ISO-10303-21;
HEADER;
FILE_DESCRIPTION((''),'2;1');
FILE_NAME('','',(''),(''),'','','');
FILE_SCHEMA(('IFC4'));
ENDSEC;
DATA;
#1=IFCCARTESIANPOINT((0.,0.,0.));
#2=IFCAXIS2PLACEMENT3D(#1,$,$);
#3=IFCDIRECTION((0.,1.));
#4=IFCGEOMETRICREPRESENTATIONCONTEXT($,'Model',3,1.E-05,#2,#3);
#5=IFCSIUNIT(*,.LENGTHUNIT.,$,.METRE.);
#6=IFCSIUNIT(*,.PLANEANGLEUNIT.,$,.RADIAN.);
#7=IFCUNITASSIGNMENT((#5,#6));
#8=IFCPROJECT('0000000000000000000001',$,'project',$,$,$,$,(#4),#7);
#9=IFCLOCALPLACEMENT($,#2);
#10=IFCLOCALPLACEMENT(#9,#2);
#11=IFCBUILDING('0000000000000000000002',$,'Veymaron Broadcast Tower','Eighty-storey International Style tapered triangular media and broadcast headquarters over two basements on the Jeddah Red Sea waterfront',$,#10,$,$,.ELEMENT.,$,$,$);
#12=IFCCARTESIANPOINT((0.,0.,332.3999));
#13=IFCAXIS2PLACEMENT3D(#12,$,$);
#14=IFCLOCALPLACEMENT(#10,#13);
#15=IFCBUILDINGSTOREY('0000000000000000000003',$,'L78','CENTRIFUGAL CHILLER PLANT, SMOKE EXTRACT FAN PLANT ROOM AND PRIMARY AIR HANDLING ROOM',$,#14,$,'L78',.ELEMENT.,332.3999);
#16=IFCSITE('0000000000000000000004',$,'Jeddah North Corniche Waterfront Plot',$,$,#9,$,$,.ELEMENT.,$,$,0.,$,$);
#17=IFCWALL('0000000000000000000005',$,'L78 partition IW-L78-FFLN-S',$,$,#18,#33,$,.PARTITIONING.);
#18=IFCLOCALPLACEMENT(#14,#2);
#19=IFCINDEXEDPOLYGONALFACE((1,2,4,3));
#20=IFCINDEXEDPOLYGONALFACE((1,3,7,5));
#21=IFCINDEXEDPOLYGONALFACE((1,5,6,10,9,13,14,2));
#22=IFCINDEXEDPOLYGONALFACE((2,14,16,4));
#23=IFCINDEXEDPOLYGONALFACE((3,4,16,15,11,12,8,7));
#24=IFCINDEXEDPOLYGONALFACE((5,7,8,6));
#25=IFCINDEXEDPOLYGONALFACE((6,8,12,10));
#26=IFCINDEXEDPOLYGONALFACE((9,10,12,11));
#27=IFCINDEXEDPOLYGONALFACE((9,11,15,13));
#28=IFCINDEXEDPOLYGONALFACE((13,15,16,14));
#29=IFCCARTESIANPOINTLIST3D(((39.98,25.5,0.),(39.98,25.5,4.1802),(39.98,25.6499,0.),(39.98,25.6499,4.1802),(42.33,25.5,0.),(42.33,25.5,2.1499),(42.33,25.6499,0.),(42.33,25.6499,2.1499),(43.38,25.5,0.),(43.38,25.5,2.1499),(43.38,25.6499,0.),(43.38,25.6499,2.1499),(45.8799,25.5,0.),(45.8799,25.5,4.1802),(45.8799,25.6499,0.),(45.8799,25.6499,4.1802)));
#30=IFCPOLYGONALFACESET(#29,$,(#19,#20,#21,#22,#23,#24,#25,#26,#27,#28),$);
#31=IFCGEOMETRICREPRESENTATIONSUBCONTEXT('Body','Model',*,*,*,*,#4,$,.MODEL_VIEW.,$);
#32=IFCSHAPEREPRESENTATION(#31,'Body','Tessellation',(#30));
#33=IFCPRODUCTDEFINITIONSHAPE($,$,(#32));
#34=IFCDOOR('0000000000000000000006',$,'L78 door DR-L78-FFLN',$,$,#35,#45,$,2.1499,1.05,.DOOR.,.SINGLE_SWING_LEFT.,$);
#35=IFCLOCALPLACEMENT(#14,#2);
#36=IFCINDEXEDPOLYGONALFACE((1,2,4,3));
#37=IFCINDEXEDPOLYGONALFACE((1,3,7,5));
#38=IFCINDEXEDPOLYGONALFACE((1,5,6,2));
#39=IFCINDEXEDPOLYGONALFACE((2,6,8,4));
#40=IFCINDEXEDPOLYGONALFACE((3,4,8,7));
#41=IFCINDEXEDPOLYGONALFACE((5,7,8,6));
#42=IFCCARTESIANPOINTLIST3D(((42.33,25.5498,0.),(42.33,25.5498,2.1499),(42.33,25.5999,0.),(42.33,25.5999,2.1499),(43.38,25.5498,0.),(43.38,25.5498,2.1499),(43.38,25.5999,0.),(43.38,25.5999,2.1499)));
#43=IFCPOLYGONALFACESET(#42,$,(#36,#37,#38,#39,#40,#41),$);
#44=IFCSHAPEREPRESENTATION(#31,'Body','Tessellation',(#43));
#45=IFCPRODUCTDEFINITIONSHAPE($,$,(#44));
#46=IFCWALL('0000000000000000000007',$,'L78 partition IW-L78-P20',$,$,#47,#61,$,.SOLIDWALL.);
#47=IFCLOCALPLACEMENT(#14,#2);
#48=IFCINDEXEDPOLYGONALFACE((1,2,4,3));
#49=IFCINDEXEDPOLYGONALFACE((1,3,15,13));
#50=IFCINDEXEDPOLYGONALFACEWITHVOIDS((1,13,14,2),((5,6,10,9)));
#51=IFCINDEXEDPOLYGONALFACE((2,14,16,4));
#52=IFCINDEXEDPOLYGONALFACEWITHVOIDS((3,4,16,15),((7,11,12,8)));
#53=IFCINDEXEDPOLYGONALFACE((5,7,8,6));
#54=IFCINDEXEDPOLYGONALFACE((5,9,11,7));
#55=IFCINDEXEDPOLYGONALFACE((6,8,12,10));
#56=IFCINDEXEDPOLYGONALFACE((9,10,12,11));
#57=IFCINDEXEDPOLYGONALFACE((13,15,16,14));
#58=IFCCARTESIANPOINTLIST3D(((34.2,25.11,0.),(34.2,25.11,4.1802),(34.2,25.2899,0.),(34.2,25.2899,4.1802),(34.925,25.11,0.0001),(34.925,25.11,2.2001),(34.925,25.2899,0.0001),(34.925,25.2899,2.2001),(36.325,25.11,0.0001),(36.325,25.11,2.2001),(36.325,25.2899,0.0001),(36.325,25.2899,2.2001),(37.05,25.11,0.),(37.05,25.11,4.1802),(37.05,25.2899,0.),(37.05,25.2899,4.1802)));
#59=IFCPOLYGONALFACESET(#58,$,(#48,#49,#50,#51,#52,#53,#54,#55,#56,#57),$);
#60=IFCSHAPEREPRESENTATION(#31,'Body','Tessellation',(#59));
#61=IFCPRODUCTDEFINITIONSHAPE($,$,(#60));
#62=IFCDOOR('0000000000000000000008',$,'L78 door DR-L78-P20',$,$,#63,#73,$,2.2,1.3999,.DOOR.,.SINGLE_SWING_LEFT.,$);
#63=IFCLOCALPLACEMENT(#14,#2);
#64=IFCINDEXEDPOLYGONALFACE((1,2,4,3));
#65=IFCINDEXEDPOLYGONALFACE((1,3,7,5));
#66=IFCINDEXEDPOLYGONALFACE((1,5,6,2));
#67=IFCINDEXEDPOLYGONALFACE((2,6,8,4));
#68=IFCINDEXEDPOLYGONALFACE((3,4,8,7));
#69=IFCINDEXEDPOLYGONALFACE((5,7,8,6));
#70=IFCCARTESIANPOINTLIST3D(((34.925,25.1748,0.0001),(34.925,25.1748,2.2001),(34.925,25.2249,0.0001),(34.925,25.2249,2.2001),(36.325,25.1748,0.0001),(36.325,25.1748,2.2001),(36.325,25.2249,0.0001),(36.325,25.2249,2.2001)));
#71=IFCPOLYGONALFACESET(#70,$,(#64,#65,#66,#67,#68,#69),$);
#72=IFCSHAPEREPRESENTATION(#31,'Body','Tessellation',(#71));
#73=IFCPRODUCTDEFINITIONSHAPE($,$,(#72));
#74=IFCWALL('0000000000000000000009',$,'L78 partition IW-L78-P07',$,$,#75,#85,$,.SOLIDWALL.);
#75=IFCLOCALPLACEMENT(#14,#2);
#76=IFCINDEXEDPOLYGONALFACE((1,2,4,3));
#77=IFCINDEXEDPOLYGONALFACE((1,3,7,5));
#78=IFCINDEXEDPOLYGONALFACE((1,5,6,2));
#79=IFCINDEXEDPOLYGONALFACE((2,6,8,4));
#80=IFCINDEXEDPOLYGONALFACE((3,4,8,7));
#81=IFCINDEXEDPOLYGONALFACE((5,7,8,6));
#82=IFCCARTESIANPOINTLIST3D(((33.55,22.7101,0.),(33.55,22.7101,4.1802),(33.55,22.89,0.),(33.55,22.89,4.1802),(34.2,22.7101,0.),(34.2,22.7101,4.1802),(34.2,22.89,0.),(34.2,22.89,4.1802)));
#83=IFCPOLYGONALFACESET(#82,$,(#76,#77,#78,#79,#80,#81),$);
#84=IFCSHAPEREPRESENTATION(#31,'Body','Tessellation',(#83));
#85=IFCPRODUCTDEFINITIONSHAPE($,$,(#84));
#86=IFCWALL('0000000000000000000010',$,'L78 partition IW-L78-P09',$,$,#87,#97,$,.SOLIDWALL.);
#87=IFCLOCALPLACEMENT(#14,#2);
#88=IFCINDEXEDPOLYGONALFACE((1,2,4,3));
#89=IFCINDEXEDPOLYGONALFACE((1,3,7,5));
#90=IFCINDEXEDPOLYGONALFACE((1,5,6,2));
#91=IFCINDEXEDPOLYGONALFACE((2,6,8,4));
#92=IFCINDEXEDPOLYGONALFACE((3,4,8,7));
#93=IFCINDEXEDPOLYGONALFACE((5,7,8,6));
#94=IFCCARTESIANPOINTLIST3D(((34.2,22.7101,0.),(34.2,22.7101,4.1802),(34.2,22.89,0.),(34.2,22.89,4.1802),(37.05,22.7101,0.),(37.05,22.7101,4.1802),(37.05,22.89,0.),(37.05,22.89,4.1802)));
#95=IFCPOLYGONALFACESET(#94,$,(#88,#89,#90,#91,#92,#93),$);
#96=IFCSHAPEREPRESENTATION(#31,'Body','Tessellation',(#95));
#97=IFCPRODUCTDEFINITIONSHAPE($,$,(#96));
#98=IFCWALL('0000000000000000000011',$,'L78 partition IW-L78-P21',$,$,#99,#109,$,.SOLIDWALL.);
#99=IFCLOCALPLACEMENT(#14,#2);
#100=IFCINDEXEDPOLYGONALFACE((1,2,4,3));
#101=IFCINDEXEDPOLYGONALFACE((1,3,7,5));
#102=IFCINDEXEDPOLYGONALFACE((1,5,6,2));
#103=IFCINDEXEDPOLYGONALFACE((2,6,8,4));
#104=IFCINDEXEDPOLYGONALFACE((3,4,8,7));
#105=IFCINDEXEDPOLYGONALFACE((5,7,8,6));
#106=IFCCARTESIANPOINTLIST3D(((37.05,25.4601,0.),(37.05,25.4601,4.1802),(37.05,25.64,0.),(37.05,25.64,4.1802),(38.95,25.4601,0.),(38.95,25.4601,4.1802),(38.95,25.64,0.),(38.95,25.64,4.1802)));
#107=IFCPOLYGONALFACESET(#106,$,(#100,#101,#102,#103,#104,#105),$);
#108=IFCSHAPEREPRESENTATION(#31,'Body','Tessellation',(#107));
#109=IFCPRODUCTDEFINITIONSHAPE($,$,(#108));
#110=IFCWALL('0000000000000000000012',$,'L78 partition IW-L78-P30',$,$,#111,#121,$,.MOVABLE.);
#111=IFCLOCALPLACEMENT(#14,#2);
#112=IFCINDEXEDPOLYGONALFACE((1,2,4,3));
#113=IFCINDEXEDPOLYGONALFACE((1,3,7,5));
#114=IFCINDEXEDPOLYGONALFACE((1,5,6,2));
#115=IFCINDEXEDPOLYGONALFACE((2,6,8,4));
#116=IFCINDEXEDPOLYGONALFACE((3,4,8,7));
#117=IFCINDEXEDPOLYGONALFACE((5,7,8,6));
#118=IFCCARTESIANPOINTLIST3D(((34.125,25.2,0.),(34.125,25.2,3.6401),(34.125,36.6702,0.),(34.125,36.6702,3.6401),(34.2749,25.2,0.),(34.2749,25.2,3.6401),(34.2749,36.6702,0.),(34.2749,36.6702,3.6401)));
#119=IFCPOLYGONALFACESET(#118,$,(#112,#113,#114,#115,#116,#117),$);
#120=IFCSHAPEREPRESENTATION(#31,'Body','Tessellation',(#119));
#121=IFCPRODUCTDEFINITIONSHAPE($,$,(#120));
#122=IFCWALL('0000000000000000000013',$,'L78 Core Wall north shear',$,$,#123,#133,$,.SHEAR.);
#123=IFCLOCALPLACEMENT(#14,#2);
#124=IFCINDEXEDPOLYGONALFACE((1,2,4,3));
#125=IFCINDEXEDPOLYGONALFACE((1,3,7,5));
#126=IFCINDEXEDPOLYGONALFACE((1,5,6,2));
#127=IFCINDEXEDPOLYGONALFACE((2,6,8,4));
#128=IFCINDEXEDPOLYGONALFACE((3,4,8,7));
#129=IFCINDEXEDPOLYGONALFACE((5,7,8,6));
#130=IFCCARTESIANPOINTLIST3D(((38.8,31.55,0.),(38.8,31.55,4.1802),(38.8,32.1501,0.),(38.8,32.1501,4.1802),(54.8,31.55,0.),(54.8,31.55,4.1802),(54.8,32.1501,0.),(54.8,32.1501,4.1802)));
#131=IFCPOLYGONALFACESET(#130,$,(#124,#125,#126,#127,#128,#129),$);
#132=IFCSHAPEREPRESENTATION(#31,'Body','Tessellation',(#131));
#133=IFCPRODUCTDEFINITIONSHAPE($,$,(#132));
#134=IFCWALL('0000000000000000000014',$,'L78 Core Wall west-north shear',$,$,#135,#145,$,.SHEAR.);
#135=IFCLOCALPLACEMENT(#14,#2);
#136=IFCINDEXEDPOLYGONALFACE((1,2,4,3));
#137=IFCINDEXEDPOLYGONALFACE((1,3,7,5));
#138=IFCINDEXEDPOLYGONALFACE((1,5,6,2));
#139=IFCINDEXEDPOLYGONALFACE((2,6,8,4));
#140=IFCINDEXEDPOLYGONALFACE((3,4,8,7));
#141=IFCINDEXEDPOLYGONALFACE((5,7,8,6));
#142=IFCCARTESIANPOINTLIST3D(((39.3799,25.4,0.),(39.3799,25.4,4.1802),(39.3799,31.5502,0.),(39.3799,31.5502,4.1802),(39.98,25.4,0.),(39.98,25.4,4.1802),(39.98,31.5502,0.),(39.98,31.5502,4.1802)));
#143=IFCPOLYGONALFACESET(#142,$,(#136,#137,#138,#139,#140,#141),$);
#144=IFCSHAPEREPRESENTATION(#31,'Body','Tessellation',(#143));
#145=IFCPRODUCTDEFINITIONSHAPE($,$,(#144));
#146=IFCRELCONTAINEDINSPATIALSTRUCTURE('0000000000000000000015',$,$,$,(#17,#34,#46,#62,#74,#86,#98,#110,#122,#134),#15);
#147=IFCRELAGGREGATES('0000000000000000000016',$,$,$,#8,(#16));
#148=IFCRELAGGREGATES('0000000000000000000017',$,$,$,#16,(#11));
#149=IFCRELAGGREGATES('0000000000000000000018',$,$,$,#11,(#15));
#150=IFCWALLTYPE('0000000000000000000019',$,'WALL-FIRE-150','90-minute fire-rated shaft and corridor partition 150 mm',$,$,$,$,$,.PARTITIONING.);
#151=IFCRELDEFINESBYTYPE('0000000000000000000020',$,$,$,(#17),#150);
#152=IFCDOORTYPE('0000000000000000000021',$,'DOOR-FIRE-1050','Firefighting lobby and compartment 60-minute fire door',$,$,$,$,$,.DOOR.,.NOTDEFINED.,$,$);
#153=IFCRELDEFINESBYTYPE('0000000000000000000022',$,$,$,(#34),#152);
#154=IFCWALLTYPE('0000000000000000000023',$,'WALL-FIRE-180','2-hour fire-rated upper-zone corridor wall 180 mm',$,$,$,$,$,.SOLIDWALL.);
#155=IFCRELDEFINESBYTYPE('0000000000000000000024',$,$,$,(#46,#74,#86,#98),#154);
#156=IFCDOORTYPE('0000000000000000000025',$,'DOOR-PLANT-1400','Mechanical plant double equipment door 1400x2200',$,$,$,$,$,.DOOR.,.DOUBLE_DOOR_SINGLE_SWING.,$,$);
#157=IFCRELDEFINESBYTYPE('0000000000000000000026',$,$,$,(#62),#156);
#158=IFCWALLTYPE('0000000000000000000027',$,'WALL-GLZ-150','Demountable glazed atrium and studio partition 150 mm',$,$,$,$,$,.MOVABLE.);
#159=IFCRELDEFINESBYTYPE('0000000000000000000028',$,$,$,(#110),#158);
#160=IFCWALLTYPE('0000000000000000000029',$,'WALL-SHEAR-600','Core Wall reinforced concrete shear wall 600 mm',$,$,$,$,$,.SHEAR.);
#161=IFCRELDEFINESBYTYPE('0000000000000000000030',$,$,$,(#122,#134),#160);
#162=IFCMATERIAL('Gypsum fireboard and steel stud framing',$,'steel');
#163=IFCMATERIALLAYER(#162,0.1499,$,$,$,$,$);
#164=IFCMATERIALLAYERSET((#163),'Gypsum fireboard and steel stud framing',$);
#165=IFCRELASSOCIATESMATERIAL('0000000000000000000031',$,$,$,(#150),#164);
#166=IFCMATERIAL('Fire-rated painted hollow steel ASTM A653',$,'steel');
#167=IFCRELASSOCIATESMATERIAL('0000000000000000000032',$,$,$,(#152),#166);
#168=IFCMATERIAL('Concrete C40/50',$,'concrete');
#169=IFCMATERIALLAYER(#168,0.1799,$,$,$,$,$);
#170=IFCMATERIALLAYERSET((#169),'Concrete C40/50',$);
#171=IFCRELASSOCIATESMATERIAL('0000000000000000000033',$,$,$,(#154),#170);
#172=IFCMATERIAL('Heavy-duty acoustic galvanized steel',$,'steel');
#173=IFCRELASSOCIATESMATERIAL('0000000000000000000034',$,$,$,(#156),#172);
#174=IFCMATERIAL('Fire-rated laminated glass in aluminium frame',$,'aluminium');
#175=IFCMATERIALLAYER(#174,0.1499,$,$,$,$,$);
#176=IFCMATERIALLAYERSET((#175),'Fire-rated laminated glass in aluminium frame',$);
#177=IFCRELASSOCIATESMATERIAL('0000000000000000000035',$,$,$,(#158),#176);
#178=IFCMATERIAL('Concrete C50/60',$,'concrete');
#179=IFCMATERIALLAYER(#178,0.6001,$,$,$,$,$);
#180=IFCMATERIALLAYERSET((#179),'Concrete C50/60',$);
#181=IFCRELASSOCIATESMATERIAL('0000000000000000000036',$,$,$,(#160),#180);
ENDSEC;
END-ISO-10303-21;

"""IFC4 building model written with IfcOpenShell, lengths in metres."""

from ifc_helpers import new_model, si_unit, direction, frame, frame_2d, origin, place, context, subcontext, project, spatial, rectangle, extrude, material, layer, layer_set, type_object, element, fill, save


model = new_model("IFC4")

# Units and contexts
model_context = context("Model", 3, precision=1e-05, world=origin(), true_north=direction((0.0, 1.0)))
body_context = subcontext(model_context, "Body", "Model", "MODEL_VIEW")
ifc_project = project(units=[si_unit("LENGTHUNIT", "METRE"), si_unit("PLANEANGLEUNIT", "RADIAN")], contexts=[model_context])

# Site, building, storey
site_placement = place(None, origin())
site = spatial("IfcSite", under=ifc_project, at=site_placement, Name="Jeddah North Corniche Waterfront Plot", CompositionType="ELEMENT", RefElevation=0.0)
building_placement = place(site_placement, origin())
building = spatial("IfcBuilding", under=site, at=building_placement, Name="Veymaron Broadcast Tower", Description="Eighty-storey International Style tapered triangular media and broadcast headquarters over two basements on the Jeddah Red Sea waterfront", CompositionType="ELEMENT")
storey_placement = place(building_placement, frame((0.0, 0.0, 332.3999)))
storey = spatial("IfcBuildingStorey", under=building, at=storey_placement, Name="L78", Description="CENTRIFUGAL CHILLER PLANT, SMOKE EXTRACT FAN PLANT ROOM AND PRIMARY AIR HANDLING ROOM", LongName="L78", CompositionType="ELEMENT", Elevation=332.3999)

# Walls, openings, doors
ifc_material_1 = material(Name="Gypsum fireboard and steel stud framing", Category="steel")
ifc_layer_1 = layer(ifc_material_1, 0.1499)
ifc_layer_set_1 = layer_set([ifc_layer_1], Name="Gypsum fireboard and steel stud framing")
wall_type_1 = type_object("IfcWallType", Name="WALL-FIRE-150", Description="90-minute fire-rated shaft and corridor partition 150 mm", PredefinedType="PARTITIONING", material=ifc_layer_set_1)
wall_1_placement = place(storey_placement, frame((39.98, 25.575, 0.0), z_axis=(0.0, 0.0, 1.0), x_axis=(1.0, 0.0, 0.0)))
wall_1 = element("IfcWall", 1, at=wall_1_placement, inside=storey, type_object=wall_type_1, Name="L78 partition IW-L78-FFLN-S", PredefinedType="PARTITIONING", context=body_context, shape_type="SweptSolid", body=[
    extrude(rectangle(XDim=5.8999, YDim=0.1499, at=frame_2d((2.95, 0.0))), origin(), (0.0, 0.0, 1.0), 4.1802),
])
opening_1_placement = place(wall_1_placement, frame((2.3501, 0.0, 0.0)))
opening_1 = element("IfcOpeningElement", 2, at=opening_1_placement, cuts=wall_1, PredefinedType="OPENING", context=body_context, shape_type="SweptSolid", body=[
    extrude(rectangle(XDim=1.05, YDim=2.1499, at=frame_2d((0.5249, 1.075))), frame((0.0, 0.085, 0.0), z_axis=(0.0, -1.0, 0.0), x_axis=(1.0, 0.0, 0.0)), (0.0, 0.0, 1.0), 0.1699),
])
ifc_material_2 = material(Name="Fire-rated painted hollow steel ASTM A653", Category="steel")
door_type_1 = type_object("IfcDoorType", Name="DOOR-FIRE-1050", Description="Firefighting lobby and compartment 60-minute fire door", OperationType="NOTDEFINED", PredefinedType="DOOR", material=ifc_material_2)
door_1_placement = place(opening_1_placement, origin())
door_1 = element("IfcDoor", 3, at=door_1_placement, inside=storey, type_object=door_type_1, Name="L78 door DR-L78-FFLN", OperationType="SINGLE_SWING_LEFT", OverallHeight=2.1499, OverallWidth=1.05, PredefinedType="DOOR", context=body_context, shape_type="SweptSolid", body=[
    extrude(rectangle(XDim=1.05, YDim=2.1499, at=frame_2d((0.5249, 1.075))), frame((0.0, 0.0249, 0.0), z_axis=(0.0, -1.0, 0.0), x_axis=(1.0, 0.0, 0.0)), (0.0, 0.0, 1.0), 0.05),
])
fill(opening_1, door_1)
ifc_material_3 = material(Name="Concrete C40/50", Category="concrete")
ifc_layer_2 = layer(ifc_material_3, 0.1799)
ifc_layer_set_2 = layer_set([ifc_layer_2], Name="Concrete C40/50")
wall_type_2 = type_object("IfcWallType", Name="WALL-FIRE-180", Description="2-hour fire-rated upper-zone corridor wall 180 mm", PredefinedType="SOLIDWALL", material=ifc_layer_set_2)
wall_2_placement = place(storey_placement, frame((34.2, 25.2, 0.0), z_axis=(0.0, 0.0, 1.0), x_axis=(1.0, 0.0, 0.0)))
wall_2 = element("IfcWall", 4, at=wall_2_placement, inside=storey, type_object=wall_type_2, Name="L78 partition IW-L78-P20", PredefinedType="SOLIDWALL", context=body_context, shape_type="SweptSolid", body=[
    extrude(rectangle(XDim=2.8501, YDim=0.1799, at=frame_2d((1.425, 0.0))), origin(), (0.0, 0.0, 1.0), 4.1802),
])
opening_2_placement = place(wall_2_placement, frame((0.7251, 0.0, 0.0)))
opening_2 = element("IfcOpeningElement", 5, at=opening_2_placement, cuts=wall_2, PredefinedType="OPENING", context=body_context, shape_type="SweptSolid", body=[
    extrude(rectangle(XDim=1.3999, YDim=2.2, at=frame_2d((0.7, 1.1001))), frame((0.0, 0.1001, 0.0), z_axis=(0.0, -1.0, 0.0), x_axis=(1.0, 0.0, 0.0)), (0.0, 0.0, 1.0), 0.2),
])
ifc_material_4 = material(Name="Heavy-duty acoustic galvanized steel", Category="steel")
door_type_2 = type_object("IfcDoorType", Name="DOOR-PLANT-1400", Description="Mechanical plant double equipment door 1400x2200", OperationType="DOUBLE_DOOR_SINGLE_SWING", PredefinedType="DOOR", material=ifc_material_4)
door_2_placement = place(opening_2_placement, origin())
door_2 = element("IfcDoor", 6, at=door_2_placement, inside=storey, type_object=door_type_2, Name="L78 door DR-L78-P20", OperationType="SINGLE_SWING_LEFT", OverallHeight=2.2, OverallWidth=1.3999, PredefinedType="DOOR", context=body_context, shape_type="SweptSolid", body=[
    extrude(rectangle(XDim=1.3999, YDim=2.2, at=frame_2d((0.7, 1.1001))), frame((0.0, 0.0249, 0.0), z_axis=(0.0, -1.0, 0.0), x_axis=(1.0, 0.0, 0.0)), (0.0, 0.0, 1.0), 0.05),
])
fill(opening_2, door_2)

# Walls
wall_3_placement = place(storey_placement, frame((33.55, 22.8, 0.0), z_axis=(0.0, 0.0, 1.0), x_axis=(1.0, 0.0, 0.0)))
element("IfcWall", 7, at=wall_3_placement, inside=storey, type_object=wall_type_2, Name="L78 partition IW-L78-P07", PredefinedType="SOLIDWALL", context=body_context, shape_type="SweptSolid", body=[
    extrude(rectangle(XDim=0.6499, YDim=0.1799, at=frame_2d((0.325, 0.0))), origin(), (0.0, 0.0, 1.0), 4.1802),
])
wall_4_placement = place(storey_placement, frame((34.2, 22.8, 0.0), z_axis=(0.0, 0.0, 1.0), x_axis=(1.0, 0.0, 0.0)))
element("IfcWall", 8, at=wall_4_placement, inside=storey, type_object=wall_type_2, Name="L78 partition IW-L78-P09", PredefinedType="SOLIDWALL", context=body_context, shape_type="SweptSolid", body=[
    extrude(rectangle(XDim=2.8501, YDim=0.1799, at=frame_2d((1.425, 0.0))), origin(), (0.0, 0.0, 1.0), 4.1802),
])
wall_5_placement = place(storey_placement, frame((37.05, 25.55, 0.0), z_axis=(0.0, 0.0, 1.0), x_axis=(1.0, 0.0, 0.0)))
element("IfcWall", 9, at=wall_5_placement, inside=storey, type_object=wall_type_2, Name="L78 partition IW-L78-P21", PredefinedType="SOLIDWALL", context=body_context, shape_type="SweptSolid", body=[
    extrude(rectangle(XDim=1.8999, YDim=0.1799, at=frame_2d((0.95, 0.0))), origin(), (0.0, 0.0, 1.0), 4.1802),
])
ifc_material_5 = material(Name="Fire-rated laminated glass in aluminium frame", Category="aluminium")
ifc_layer_3 = layer(ifc_material_5, 0.1499)
ifc_layer_set_3 = layer_set([ifc_layer_3], Name="Fire-rated laminated glass in aluminium frame")
wall_type_3 = type_object("IfcWallType", Name="WALL-GLZ-150", Description="Demountable glazed atrium and studio partition 150 mm", PredefinedType="MOVABLE", material=ifc_layer_set_3)
wall_6_placement = place(storey_placement, frame((34.2, 25.2, 0.0), z_axis=(0.0, 0.0, 1.0), x_axis=(0.0, 1.0, 0.0)))
element("IfcWall", 10, at=wall_6_placement, inside=storey, type_object=wall_type_3, Name="L78 partition IW-L78-P30", PredefinedType="MOVABLE", context=body_context, shape_type="SweptSolid", body=[
    extrude(rectangle(XDim=11.4702, YDim=0.1499, at=frame_2d((5.7351, 0.0))), origin(), (0.0, 0.0, 1.0), 3.6401),
])

# Shared definitions
ifc_material_6 = material(Name="Concrete C50/60", Category="concrete")

# Walls
ifc_layer_4 = layer(ifc_material_6, 0.6001)
ifc_layer_set_4 = layer_set([ifc_layer_4], Name="Concrete C50/60")
wall_type_4 = type_object("IfcWallType", Name="WALL-SHEAR-600", Description="Core Wall reinforced concrete shear wall 600 mm", PredefinedType="SHEAR", material=ifc_layer_set_4)
wall_7_placement = place(storey_placement, frame((38.8, 31.8501, 0.0), z_axis=(0.0, 0.0, 1.0), x_axis=(1.0, 0.0, 0.0)))
element("IfcWall", 11, at=wall_7_placement, inside=storey, type_object=wall_type_4, Name="L78 Core Wall north shear", PredefinedType="SHEAR", context=body_context, shape_type="SweptSolid", body=[
    extrude(rectangle(XDim=16.0, YDim=0.6001, at=frame_2d((8.0, 0.0))), origin(), (0.0, 0.0, 1.0), 4.1802),
])
wall_8_placement = place(storey_placement, frame((39.6799, 25.3999, 0.0), z_axis=(0.0, 0.0, 1.0), x_axis=(0.0, 1.0, 0.0)))
element("IfcWall", 12, at=wall_8_placement, inside=storey, type_object=wall_type_4, Name="L78 Core Wall west-north shear", PredefinedType="SHEAR", context=body_context, shape_type="SweptSolid", body=[
    extrude(rectangle(XDim=6.1501, YDim=0.6001, at=frame_2d((3.0752, 0.0))), origin(), (0.0, 0.0, 1.0), 4.1802),
])

save(model, "model.ifc")
